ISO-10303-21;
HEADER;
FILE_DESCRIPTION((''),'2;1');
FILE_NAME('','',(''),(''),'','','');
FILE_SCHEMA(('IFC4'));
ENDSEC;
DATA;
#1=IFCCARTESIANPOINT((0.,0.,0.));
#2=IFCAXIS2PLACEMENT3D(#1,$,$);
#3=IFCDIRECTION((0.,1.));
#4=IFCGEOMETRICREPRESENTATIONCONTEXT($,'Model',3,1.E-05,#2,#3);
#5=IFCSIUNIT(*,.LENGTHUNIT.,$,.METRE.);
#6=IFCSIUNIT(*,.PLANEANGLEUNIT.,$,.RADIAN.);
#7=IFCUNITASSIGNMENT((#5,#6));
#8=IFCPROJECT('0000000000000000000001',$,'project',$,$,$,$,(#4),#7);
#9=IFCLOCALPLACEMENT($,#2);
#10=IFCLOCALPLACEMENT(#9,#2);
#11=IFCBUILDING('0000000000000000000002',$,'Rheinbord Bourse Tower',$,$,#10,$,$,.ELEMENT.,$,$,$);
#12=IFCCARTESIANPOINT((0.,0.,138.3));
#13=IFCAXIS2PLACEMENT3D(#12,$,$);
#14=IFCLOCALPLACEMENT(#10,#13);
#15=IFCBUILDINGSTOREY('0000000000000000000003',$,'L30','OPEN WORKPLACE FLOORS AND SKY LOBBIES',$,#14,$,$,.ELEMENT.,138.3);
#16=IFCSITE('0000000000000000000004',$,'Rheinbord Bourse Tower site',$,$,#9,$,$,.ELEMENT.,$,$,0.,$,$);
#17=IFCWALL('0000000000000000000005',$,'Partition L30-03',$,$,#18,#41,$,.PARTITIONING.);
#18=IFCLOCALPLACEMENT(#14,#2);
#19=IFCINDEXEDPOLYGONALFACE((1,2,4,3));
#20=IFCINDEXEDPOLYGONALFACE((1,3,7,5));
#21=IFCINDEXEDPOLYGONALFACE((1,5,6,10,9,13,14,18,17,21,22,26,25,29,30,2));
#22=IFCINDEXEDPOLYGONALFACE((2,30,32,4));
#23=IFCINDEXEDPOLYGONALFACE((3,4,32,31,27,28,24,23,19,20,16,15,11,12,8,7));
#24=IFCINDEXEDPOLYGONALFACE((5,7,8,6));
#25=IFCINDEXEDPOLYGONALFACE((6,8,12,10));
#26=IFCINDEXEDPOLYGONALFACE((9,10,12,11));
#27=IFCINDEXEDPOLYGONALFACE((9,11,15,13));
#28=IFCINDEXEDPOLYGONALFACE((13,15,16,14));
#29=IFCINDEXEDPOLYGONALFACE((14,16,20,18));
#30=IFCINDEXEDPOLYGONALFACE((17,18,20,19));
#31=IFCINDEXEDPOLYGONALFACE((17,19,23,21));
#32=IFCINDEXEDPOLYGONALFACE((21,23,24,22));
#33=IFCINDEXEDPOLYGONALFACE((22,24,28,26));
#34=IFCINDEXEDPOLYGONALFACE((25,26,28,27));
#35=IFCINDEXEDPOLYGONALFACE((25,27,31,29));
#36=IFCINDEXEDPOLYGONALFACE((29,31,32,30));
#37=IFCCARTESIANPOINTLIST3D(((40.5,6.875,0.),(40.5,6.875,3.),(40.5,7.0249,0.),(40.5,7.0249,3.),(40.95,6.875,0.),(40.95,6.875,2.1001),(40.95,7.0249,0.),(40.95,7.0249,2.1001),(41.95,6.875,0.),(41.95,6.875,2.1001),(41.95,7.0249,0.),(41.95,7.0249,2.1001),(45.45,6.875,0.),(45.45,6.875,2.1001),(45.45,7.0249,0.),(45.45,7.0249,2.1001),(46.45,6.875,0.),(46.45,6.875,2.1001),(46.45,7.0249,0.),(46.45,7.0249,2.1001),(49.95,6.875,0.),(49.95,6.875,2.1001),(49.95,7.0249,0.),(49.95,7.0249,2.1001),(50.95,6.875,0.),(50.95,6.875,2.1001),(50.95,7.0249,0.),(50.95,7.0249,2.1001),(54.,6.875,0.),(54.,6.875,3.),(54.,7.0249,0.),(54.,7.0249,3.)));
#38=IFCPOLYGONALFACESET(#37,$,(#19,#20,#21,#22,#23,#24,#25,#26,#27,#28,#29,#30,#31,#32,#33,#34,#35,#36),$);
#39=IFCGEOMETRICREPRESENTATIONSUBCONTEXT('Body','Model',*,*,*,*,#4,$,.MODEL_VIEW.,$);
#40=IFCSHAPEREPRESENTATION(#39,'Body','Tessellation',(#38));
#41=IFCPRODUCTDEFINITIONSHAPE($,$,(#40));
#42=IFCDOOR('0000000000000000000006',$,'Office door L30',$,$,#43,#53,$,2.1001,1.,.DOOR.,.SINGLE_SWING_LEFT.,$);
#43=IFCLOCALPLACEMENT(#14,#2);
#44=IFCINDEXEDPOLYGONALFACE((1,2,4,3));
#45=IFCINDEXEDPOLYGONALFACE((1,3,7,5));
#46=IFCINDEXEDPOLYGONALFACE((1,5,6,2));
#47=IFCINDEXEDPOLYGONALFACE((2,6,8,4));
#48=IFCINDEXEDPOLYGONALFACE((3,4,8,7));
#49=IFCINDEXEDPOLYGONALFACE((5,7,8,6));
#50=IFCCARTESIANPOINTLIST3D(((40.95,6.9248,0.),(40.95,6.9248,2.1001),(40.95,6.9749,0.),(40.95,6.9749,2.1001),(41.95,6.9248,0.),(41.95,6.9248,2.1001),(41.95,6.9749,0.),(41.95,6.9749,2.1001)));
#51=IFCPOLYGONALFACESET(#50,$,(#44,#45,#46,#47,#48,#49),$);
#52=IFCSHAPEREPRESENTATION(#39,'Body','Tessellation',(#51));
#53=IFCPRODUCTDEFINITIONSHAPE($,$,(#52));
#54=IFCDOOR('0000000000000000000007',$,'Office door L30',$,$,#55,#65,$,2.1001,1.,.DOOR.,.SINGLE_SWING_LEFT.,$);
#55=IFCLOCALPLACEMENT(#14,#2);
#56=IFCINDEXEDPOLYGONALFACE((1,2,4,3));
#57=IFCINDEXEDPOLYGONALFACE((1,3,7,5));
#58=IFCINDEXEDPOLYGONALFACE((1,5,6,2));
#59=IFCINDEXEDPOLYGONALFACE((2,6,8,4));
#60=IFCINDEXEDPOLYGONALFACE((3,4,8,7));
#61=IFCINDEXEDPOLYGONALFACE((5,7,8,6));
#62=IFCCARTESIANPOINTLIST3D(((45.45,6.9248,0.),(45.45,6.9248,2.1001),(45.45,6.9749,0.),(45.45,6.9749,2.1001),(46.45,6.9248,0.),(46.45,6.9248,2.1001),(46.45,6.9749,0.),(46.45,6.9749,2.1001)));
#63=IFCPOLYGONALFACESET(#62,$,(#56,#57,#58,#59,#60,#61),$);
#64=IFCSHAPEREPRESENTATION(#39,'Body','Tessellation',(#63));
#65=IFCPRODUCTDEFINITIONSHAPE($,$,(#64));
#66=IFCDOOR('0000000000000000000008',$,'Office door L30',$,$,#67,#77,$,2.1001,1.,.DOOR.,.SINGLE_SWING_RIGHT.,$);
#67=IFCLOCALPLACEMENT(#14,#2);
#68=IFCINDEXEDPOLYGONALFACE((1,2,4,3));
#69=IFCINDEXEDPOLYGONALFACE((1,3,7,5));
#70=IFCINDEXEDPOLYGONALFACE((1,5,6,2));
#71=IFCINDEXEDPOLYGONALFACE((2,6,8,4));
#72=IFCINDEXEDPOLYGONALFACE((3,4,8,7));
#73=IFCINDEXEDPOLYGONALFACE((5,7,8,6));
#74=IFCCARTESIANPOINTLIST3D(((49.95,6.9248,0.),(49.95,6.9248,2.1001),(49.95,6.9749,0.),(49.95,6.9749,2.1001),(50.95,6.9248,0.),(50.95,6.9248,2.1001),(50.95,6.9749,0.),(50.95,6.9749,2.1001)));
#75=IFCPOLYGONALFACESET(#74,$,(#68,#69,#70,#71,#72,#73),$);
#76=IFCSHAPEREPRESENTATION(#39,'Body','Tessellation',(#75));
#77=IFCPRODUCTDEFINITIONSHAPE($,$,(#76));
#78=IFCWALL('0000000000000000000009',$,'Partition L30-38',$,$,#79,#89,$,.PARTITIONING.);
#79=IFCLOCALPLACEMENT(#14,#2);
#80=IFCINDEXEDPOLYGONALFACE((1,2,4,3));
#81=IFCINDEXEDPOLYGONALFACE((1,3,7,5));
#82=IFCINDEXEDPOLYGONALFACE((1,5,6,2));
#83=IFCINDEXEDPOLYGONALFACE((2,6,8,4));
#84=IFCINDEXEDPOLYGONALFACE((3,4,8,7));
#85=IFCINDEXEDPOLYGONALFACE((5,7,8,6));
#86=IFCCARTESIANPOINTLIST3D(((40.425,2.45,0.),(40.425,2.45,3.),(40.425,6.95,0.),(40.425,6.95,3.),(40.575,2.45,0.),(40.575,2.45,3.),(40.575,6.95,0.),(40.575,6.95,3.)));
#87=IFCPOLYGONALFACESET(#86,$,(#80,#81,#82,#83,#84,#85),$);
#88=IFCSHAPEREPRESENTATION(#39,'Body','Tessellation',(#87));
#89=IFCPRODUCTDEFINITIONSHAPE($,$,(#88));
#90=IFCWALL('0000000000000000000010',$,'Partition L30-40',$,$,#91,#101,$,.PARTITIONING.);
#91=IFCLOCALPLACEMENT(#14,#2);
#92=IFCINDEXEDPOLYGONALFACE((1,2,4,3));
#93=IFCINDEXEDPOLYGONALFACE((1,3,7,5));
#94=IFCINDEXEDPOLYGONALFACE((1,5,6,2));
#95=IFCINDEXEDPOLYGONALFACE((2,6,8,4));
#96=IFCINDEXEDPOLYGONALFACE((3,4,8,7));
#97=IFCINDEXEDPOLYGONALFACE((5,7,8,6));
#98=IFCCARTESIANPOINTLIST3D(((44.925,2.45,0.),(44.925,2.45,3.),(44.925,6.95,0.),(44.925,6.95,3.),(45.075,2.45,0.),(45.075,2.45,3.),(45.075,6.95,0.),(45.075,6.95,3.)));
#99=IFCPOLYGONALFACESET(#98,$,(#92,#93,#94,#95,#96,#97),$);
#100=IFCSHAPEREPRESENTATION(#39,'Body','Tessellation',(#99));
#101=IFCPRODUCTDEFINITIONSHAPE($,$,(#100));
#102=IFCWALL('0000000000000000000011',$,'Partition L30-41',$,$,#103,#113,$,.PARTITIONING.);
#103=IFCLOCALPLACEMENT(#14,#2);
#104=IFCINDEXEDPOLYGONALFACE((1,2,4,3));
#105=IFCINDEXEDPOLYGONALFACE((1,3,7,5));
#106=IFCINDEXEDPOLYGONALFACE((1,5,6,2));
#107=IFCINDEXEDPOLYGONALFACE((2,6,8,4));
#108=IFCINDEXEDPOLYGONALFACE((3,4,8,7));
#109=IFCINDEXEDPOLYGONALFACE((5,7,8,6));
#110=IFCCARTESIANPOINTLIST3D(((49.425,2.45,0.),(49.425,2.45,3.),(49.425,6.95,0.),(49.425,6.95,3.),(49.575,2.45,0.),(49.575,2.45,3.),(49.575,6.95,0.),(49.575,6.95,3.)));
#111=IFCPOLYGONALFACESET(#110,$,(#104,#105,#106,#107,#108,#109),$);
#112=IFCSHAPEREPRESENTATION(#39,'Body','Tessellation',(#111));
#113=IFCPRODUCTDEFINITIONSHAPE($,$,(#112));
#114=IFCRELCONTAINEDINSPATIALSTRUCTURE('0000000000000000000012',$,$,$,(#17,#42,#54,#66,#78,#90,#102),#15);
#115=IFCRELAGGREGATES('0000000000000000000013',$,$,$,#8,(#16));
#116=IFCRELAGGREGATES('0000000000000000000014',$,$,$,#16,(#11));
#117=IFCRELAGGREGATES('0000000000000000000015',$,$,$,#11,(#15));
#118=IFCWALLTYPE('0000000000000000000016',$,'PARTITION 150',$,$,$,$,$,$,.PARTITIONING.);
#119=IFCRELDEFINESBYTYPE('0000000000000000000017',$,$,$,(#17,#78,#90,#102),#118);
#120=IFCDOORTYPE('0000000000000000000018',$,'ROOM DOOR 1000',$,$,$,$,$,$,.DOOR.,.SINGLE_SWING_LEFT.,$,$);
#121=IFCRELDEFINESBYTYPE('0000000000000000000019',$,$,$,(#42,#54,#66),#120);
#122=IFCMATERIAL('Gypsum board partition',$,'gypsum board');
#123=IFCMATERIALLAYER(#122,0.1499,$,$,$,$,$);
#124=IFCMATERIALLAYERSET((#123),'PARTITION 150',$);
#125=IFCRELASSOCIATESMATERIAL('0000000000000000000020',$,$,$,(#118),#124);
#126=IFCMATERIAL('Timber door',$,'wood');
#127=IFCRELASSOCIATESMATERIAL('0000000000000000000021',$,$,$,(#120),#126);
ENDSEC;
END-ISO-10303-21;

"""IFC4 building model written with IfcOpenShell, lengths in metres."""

from ifc_helpers import new_model, si_unit, direction, frame, frame_2d, origin, place, context, subcontext, project, spatial, rectangle, extrude, material, layer, layer_set, type_object, element, fill, save


model = new_model("IFC4")

# Units and contexts
model_context = context("Model", 3, precision=1e-05, world=origin(), true_north=direction((0.0, 1.0)))
body_context = subcontext(model_context, "Body", "Model", "MODEL_VIEW")
ifc_project = project(units=[si_unit("LENGTHUNIT", "METRE"), si_unit("PLANEANGLEUNIT", "RADIAN")], contexts=[model_context])

# Site, building, storey
site_placement = place(None, origin())
site = spatial("IfcSite", under=ifc_project, at=site_placement, Name="Rheinbord Bourse Tower site", CompositionType="ELEMENT", RefElevation=0.0)
building_placement = place(site_placement, origin())
building = spatial("IfcBuilding", under=site, at=building_placement, Name="Rheinbord Bourse Tower", CompositionType="ELEMENT")
storey_placement = place(building_placement, frame((0.0, 0.0, 138.3)))
storey = spatial("IfcBuildingStorey", under=building, at=storey_placement, Name="L30", Description="OPEN WORKPLACE FLOORS AND SKY LOBBIES", CompositionType="ELEMENT", Elevation=138.3)

# Wall, openings, doors
ifc_material_1 = material(Name="Gypsum board partition", Category="gypsum board")
ifc_layer_1 = layer(ifc_material_1, 0.1499)
ifc_layer_set_1 = layer_set([ifc_layer_1], Name="PARTITION 150")
wall_type_1 = type_object("IfcWallType", Name="PARTITION 150", PredefinedType="PARTITIONING", material=ifc_layer_set_1)
wall_1_placement = place(storey_placement, frame((40.5, 6.95, 0.0), z_axis=(0.0, 0.0, 1.0), x_axis=(1.0, 0.0, 0.0)))
wall_1 = element("IfcWall", 1, at=wall_1_placement, inside=storey, type_object=wall_type_1, Name="Partition L30-03", PredefinedType="PARTITIONING", context=body_context, shape_type="SweptSolid", body=[
    extrude(rectangle(XDim=13.5, YDim=0.1499, at=frame_2d((6.75, 0.0))), origin(), (0.0, 0.0, 1.0), 3.0),
])
opening_1_placement = place(wall_1_placement, frame((0.45, 0.0, 0.0)))
opening_1 = element("IfcOpeningElement", 2, at=opening_1_placement, cuts=wall_1, PredefinedType="OPENING", context=body_context, shape_type="SweptSolid", body=[
    extrude(rectangle(XDim=1.0, YDim=2.1001, at=frame_2d((0.5, 1.05))), frame((0.0, 0.085, 0.0), z_axis=(0.0, -1.0, 0.0), x_axis=(1.0, 0.0, 0.0)), (0.0, 0.0, 1.0), 0.1699),
])
opening_2_placement = place(wall_1_placement, frame((4.95, 0.0, 0.0)))
opening_2 = element("IfcOpeningElement", 3, at=opening_2_placement, cuts=wall_1, PredefinedType="OPENING", context=body_context, shape_type="SweptSolid", body=[
    extrude(rectangle(XDim=1.0, YDim=2.1001, at=frame_2d((0.5, 1.05))), frame((0.0, 0.085, 0.0), z_axis=(0.0, -1.0, 0.0), x_axis=(1.0, 0.0, 0.0)), (0.0, 0.0, 1.0), 0.1699),
])
opening_3_placement = place(wall_1_placement, frame((9.45, 0.0, 0.0)))
opening_3 = element("IfcOpeningElement", 4, at=opening_3_placement, cuts=wall_1, PredefinedType="OPENING", context=body_context, shape_type="SweptSolid", body=[
    extrude(rectangle(XDim=1.0, YDim=2.1001, at=frame_2d((0.5, 1.05))), frame((0.0, 0.085, 0.0), z_axis=(0.0, -1.0, 0.0), x_axis=(1.0, 0.0, 0.0)), (0.0, 0.0, 1.0), 0.1699),
])
ifc_material_2 = material(Name="Timber door", Category="wood")
door_type_1 = type_object("IfcDoorType", Name="ROOM DOOR 1000", OperationType="SINGLE_SWING_LEFT", PredefinedType="DOOR", material=ifc_material_2)
door_1_placement = place(opening_1_placement, origin())
door_1 = element("IfcDoor", 5, at=door_1_placement, inside=storey, type_object=door_type_1, Name="Office door L30", OperationType="SINGLE_SWING_LEFT", OverallHeight=2.1001, OverallWidth=1.0, PredefinedType="DOOR", context=body_context, shape_type="SweptSolid", body=[
    extrude(rectangle(XDim=1.0, YDim=2.1001, at=frame_2d((0.5, 1.05))), frame((0.0, 0.0249, 0.0), z_axis=(0.0, -1.0, 0.0), x_axis=(1.0, 0.0, 0.0)), (0.0, 0.0, 1.0), 0.05),
])
fill(opening_1, door_1)
door_2_placement = place(opening_2_placement, origin())
door_2 = element("IfcDoor", 6, at=door_2_placement, inside=storey, type_object=door_type_1, Name="Office door L30", OperationType="SINGLE_SWING_LEFT", OverallHeight=2.1001, OverallWidth=1.0, PredefinedType="DOOR", context=body_context, shape_type="SweptSolid", body=[
    extrude(rectangle(XDim=1.0, YDim=2.1001, at=frame_2d((0.5, 1.05))), frame((0.0, 0.0249, 0.0), z_axis=(0.0, -1.0, 0.0), x_axis=(1.0, 0.0, 0.0)), (0.0, 0.0, 1.0), 0.05),
])
fill(opening_2, door_2)
door_3_placement = place(opening_3_placement, origin())
door_3 = element("IfcDoor", 7, at=door_3_placement, inside=storey, type_object=door_type_1, Name="Office door L30", OperationType="SINGLE_SWING_RIGHT", OverallHeight=2.1001, OverallWidth=1.0, PredefinedType="DOOR", context=body_context, shape_type="SweptSolid", body=[
    extrude(rectangle(XDim=1.0, YDim=2.1001, at=frame_2d((0.5, 1.05))), frame((0.0, 0.0249, 0.0), z_axis=(0.0, -1.0, 0.0), x_axis=(1.0, 0.0, 0.0)), (0.0, 0.0, 1.0), 0.05),
])
fill(opening_3, door_3)

# Walls
for number, where, z_axis, x_axis, name in (
    (8, (40.5, 2.45, 0.0), (0.0, 0.0, 1.0), (0.0, 1.0, 0.0), "Partition L30-38"),
    (9, (45.0, 2.45, 0.0), (0.0, 0.0, 1.0), (0.0, 1.0, 0.0), "Partition L30-40"),
    (10, (49.5, 2.45, 0.0), (0.0, 0.0, 1.0), (0.0, 1.0, 0.0), "Partition L30-41"),
):
    element("IfcWall", number, at=place(storey_placement, frame(where, z_axis=z_axis, x_axis=x_axis)), inside=storey, type_object=wall_type_1, Name=name, PredefinedType="PARTITIONING", context=body_context, shape_type="SweptSolid", body=[
        extrude(rectangle(XDim=4.5, YDim=0.1499, at=frame_2d((2.25, 0.0))), origin(), (0.0, 0.0, 1.0), 3.0),
    ])

save(model, "model.ifc")
